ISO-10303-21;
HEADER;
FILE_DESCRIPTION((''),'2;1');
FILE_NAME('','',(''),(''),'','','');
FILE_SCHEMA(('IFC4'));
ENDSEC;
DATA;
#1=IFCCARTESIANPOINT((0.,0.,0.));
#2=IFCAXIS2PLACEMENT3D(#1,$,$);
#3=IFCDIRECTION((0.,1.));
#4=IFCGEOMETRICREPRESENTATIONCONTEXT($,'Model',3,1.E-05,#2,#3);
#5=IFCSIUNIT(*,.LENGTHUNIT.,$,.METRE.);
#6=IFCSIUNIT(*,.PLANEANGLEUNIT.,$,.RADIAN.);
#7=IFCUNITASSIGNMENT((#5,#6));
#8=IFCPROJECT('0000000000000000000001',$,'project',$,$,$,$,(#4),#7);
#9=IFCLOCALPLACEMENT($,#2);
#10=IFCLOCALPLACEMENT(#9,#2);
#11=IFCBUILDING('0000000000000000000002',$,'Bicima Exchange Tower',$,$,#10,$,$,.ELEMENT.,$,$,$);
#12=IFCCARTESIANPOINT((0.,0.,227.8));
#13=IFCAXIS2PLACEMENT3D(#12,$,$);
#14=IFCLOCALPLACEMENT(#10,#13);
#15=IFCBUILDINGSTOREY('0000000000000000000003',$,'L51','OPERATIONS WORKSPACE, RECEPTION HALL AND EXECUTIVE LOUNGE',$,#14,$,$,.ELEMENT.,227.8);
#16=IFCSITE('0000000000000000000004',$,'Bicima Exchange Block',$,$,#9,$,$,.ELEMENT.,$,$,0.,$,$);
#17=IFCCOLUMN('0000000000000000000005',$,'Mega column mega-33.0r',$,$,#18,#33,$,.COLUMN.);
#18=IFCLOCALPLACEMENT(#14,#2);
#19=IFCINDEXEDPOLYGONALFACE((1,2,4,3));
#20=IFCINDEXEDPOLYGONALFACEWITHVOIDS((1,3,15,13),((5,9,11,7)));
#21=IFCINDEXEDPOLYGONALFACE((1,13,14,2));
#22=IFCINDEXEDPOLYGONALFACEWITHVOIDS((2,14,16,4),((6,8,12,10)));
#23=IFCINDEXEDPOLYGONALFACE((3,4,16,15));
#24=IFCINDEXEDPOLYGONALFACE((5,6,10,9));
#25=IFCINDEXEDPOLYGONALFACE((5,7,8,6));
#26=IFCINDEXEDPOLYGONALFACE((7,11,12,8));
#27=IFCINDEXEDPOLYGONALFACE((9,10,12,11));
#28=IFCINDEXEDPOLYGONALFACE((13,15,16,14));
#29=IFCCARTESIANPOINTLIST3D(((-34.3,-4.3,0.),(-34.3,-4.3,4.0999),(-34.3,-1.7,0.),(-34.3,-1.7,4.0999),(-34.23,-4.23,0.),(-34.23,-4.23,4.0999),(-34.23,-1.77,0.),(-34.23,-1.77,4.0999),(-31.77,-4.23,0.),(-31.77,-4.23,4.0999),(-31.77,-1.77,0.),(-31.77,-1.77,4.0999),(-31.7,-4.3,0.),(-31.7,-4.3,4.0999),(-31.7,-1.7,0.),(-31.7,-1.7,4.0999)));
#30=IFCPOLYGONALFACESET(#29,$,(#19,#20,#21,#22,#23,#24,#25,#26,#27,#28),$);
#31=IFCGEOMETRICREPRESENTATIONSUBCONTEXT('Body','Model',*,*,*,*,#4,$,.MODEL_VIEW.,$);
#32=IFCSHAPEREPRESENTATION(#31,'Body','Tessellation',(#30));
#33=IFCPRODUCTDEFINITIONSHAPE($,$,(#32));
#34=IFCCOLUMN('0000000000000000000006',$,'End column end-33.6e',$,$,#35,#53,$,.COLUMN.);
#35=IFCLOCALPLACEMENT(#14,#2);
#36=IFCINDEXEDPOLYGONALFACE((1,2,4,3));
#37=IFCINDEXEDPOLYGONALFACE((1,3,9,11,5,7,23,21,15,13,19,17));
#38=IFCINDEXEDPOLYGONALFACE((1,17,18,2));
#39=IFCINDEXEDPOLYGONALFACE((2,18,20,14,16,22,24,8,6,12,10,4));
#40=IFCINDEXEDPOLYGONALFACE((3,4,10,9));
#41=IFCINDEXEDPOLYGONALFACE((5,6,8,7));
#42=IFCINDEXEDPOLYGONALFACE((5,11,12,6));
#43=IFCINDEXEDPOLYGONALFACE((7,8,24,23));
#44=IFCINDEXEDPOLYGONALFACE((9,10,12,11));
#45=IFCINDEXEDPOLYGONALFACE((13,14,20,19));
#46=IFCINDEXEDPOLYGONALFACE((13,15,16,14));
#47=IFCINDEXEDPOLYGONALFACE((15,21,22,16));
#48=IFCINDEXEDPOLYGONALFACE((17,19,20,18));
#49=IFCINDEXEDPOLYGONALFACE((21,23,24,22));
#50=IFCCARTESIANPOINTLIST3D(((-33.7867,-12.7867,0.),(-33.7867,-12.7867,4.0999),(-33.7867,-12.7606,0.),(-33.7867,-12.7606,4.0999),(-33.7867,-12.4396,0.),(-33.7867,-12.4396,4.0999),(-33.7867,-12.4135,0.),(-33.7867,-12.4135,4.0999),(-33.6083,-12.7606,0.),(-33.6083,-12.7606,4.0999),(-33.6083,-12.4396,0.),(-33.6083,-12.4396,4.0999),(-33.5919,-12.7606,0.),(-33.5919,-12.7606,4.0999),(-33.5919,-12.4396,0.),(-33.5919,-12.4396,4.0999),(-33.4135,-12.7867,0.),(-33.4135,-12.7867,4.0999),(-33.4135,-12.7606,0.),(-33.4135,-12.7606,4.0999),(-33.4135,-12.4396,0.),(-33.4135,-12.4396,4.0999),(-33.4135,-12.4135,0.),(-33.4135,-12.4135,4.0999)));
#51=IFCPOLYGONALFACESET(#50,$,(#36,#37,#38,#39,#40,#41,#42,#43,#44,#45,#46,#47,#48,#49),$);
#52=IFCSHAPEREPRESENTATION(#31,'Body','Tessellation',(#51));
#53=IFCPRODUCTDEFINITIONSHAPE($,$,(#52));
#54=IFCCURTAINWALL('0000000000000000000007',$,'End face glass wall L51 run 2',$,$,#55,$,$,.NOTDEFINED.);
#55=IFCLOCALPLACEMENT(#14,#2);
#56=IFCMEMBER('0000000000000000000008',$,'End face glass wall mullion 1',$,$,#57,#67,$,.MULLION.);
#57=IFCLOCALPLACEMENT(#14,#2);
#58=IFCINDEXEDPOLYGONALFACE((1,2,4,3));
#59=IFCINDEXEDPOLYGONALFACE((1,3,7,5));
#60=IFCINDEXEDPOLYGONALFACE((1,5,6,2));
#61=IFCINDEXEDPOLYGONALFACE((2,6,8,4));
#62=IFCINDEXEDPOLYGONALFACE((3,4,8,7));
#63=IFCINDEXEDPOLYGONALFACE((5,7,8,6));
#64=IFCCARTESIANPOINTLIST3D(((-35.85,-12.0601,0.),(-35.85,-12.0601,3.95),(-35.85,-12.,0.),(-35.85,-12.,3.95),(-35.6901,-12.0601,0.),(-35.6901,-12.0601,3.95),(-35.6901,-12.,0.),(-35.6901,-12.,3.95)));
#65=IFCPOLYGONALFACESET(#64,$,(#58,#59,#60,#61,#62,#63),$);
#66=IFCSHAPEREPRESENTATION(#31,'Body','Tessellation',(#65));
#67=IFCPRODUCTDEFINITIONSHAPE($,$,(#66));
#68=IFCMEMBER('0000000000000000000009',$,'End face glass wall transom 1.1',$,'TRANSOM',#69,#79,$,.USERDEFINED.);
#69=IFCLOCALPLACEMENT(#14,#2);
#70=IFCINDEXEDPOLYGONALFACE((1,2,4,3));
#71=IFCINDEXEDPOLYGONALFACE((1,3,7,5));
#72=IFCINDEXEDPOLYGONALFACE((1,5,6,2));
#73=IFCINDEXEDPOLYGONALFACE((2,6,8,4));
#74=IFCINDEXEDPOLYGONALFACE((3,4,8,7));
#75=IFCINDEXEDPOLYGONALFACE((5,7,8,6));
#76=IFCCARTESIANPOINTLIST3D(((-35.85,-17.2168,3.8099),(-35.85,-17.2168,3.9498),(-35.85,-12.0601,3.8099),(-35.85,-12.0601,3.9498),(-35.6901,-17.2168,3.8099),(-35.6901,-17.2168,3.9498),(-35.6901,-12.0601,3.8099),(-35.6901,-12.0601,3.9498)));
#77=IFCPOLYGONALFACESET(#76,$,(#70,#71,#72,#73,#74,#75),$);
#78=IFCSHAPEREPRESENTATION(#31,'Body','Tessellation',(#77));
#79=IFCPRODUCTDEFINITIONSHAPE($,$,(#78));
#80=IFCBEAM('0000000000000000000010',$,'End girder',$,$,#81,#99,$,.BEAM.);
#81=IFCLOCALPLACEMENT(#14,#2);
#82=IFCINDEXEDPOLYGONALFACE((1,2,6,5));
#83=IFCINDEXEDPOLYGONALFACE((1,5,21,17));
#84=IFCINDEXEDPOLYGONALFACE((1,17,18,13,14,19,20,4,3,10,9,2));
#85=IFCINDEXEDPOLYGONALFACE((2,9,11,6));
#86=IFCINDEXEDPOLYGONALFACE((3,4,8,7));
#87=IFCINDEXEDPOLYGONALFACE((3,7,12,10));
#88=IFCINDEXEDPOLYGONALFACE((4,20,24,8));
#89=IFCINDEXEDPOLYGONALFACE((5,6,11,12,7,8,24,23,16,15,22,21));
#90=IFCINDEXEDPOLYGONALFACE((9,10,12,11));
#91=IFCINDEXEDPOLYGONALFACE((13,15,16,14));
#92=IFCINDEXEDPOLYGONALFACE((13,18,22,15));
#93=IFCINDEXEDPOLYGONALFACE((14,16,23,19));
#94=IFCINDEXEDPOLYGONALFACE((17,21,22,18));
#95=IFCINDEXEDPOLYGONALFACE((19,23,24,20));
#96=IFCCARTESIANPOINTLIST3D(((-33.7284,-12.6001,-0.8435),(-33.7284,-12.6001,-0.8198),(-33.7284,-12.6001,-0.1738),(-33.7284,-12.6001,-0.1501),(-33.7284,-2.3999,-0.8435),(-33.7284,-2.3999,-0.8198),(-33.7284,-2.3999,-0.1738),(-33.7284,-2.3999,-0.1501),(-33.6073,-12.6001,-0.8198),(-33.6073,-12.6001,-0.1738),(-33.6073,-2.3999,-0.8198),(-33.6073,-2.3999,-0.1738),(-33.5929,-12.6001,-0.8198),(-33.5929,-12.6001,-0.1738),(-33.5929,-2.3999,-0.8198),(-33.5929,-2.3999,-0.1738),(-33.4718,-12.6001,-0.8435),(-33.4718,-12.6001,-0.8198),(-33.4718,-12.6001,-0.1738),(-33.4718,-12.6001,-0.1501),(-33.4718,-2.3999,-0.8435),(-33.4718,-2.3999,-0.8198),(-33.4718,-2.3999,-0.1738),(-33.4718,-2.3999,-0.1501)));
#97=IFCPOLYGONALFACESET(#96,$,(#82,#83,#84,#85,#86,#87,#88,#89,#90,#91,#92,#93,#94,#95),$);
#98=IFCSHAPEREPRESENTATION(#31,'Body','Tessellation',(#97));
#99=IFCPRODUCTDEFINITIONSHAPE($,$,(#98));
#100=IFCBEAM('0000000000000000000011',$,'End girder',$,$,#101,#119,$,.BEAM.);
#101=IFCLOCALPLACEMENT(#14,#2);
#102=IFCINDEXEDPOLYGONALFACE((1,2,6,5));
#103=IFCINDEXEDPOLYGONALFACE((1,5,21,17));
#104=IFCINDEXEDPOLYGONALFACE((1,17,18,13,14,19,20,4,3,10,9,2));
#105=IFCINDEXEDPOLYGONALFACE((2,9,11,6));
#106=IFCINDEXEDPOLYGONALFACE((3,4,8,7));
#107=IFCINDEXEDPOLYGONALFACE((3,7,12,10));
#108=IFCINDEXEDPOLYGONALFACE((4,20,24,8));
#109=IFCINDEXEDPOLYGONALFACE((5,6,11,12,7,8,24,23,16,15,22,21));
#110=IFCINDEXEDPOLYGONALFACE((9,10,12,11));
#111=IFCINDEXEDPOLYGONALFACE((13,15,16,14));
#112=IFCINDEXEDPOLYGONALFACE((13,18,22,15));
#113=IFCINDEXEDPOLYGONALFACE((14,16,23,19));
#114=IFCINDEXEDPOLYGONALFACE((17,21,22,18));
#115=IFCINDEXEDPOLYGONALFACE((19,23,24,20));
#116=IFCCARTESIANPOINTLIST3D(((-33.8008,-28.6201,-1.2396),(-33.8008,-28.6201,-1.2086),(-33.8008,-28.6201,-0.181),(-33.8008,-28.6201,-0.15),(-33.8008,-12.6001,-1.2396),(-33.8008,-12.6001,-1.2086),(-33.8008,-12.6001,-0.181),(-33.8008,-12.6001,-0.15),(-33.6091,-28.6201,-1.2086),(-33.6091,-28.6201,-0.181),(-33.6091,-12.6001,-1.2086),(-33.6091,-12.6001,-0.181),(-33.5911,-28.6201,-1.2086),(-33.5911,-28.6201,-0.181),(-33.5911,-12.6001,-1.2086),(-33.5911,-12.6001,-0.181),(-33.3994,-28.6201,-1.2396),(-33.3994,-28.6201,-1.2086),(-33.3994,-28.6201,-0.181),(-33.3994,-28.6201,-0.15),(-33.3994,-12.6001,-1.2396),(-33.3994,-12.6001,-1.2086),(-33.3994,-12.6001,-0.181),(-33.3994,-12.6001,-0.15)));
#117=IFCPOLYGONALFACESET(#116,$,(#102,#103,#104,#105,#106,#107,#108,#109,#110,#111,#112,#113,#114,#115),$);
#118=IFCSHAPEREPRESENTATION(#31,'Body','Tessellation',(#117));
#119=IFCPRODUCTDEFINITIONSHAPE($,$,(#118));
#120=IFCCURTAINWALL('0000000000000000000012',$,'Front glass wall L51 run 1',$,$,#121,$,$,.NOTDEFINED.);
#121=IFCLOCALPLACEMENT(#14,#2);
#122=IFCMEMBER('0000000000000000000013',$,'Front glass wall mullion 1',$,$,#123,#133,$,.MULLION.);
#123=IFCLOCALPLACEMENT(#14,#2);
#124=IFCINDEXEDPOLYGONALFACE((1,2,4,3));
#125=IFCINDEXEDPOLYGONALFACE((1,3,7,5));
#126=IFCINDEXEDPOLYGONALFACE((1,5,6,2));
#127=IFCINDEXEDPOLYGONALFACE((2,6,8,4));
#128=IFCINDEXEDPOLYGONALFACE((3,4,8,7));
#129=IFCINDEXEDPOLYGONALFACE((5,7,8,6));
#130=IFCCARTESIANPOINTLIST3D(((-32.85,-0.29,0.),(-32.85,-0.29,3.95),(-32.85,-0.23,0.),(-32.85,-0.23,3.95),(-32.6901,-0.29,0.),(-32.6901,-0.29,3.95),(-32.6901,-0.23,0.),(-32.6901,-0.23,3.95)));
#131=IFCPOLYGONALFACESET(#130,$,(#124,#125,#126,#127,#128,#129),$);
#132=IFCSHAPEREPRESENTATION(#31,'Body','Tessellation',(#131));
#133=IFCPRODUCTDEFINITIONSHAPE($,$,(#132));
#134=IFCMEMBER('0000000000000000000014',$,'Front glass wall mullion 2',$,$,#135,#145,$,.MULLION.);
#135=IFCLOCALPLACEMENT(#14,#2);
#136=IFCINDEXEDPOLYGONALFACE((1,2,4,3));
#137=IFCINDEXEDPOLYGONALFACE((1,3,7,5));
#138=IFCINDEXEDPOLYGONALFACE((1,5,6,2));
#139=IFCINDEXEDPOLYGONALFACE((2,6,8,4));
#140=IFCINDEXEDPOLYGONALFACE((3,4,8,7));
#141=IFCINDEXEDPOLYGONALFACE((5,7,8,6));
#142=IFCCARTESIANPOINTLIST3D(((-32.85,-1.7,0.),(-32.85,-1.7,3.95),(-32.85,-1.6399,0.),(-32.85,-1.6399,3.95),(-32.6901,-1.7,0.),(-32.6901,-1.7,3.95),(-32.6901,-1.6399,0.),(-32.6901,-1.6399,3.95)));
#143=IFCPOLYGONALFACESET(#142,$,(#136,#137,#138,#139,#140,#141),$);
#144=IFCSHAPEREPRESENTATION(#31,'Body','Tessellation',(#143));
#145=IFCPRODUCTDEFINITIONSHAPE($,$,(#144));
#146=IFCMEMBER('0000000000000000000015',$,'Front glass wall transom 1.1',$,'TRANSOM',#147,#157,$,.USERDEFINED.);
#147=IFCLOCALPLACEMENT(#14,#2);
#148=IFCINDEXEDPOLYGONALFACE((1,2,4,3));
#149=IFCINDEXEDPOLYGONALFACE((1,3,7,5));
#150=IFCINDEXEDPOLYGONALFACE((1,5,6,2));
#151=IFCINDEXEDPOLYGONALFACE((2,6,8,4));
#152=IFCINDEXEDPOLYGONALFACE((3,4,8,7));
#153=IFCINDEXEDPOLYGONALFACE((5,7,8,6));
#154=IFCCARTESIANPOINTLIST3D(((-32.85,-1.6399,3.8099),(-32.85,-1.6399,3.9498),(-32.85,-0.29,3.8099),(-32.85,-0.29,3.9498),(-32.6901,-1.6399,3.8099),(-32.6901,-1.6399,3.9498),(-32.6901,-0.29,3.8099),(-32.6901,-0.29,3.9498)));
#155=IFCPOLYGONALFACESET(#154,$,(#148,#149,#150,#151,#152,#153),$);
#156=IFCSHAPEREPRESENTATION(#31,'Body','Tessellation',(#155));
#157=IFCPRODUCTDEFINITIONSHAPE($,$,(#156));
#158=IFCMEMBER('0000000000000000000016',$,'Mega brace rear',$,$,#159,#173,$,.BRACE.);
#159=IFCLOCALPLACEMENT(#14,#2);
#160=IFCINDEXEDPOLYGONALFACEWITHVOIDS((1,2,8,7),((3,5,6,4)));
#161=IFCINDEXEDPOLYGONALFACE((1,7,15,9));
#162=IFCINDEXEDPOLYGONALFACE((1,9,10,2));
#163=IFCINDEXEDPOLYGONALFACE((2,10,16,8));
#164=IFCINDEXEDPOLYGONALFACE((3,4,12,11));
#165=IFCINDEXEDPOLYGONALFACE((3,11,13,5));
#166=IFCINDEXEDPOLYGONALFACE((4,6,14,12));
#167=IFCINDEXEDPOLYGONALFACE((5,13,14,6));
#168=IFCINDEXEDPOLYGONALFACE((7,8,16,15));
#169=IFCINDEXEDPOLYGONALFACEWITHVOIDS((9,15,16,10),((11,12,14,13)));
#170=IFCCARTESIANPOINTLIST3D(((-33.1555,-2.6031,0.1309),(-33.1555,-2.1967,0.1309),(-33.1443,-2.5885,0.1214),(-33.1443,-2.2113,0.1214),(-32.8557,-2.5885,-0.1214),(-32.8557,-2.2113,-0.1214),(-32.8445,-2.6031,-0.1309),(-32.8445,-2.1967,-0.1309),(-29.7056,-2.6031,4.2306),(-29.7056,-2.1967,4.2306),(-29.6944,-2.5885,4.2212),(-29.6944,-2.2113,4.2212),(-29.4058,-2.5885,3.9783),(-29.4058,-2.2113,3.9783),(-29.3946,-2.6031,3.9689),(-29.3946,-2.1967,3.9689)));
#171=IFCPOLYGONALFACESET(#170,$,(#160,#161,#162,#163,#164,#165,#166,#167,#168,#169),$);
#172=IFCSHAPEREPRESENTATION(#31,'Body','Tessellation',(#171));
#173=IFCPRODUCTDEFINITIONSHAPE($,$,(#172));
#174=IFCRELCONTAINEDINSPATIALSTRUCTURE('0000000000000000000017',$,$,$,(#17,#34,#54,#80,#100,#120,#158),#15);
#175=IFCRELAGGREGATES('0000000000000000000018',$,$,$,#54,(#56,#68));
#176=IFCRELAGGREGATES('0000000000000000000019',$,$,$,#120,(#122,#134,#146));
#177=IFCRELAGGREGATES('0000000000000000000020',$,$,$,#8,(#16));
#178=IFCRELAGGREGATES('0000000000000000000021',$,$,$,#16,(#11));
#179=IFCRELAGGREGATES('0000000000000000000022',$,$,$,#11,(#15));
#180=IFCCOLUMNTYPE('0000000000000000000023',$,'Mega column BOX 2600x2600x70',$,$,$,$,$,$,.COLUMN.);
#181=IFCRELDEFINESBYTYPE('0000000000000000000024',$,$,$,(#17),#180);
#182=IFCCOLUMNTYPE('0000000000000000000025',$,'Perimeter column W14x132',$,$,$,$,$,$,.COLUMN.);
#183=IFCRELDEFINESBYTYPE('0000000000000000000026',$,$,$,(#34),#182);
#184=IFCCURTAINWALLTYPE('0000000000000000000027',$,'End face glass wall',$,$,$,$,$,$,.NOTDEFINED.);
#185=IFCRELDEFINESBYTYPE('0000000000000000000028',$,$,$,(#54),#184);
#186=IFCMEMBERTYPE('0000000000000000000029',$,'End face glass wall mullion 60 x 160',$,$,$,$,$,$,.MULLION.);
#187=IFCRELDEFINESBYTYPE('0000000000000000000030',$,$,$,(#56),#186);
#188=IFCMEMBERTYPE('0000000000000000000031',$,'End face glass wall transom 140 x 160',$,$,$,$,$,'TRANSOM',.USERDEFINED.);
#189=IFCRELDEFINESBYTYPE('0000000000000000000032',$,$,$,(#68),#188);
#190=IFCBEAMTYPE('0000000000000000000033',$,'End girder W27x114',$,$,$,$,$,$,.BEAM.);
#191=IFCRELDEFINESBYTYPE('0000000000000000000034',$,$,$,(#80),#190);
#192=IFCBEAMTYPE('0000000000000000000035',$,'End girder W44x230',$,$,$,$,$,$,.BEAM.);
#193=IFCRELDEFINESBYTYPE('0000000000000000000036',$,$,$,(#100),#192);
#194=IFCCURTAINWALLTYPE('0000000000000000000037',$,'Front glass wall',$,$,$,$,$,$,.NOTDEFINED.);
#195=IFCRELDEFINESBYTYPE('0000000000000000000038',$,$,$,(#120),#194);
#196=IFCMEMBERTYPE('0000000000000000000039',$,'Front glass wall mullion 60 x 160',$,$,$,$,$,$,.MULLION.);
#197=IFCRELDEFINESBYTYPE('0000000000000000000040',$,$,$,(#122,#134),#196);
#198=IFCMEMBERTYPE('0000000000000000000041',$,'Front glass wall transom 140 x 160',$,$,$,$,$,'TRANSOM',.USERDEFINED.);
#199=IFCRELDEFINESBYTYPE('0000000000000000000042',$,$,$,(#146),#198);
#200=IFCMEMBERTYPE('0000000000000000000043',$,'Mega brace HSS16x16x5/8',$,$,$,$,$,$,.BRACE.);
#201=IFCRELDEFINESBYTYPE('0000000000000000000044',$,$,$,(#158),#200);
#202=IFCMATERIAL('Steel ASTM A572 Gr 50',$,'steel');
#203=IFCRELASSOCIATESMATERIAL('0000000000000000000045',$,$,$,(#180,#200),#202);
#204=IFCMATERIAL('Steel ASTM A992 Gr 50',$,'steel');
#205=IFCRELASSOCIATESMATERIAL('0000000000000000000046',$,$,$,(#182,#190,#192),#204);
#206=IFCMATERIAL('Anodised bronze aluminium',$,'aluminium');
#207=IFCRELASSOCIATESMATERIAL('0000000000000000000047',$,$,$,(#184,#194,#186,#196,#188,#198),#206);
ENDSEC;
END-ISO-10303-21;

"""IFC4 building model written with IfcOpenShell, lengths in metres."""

from ifc_helpers import new_model, si_unit, direction, frame, origin, origin_2d, place, context, subcontext, project, spatial, rectangle, hollow_rectangle, i_section, extrude, material, material_profile, profile_set, type_object, element, aggregate, save


model = new_model("IFC4")

# Units and contexts
model_context = context("Model", 3, precision=1e-05, world=origin(), true_north=direction((0.0, 1.0)))
body_context = subcontext(model_context, "Body", "Model", "MODEL_VIEW")
ifc_project = project(units=[si_unit("LENGTHUNIT", "METRE"), si_unit("PLANEANGLEUNIT", "RADIAN")], contexts=[model_context])

# Site, building, storey
site_placement = place(None, origin())
site = spatial("IfcSite", under=ifc_project, at=site_placement, Name="Bicima Exchange Block", CompositionType="ELEMENT", RefElevation=0.0)
building_placement = place(site_placement, origin())
building = spatial("IfcBuilding", under=site, at=building_placement, Name="Bicima Exchange Tower", CompositionType="ELEMENT")
storey_placement = place(building_placement, frame((0.0, 0.0, 227.8)))
storey = spatial("IfcBuildingStorey", under=building, at=storey_placement, Name="L51", Description="OPERATIONS WORKSPACE, RECEPTION HALL AND EXECUTIVE LOUNGE", CompositionType="ELEMENT", Elevation=227.8)

# Columns
ifc_material_1 = material(Name="Steel ASTM A572 Gr 50", Category="steel")
ifc_material_profile_1 = material_profile(ifc_material_1, hollow_rectangle(XDim=2.6001, YDim=2.6001, WallThickness=0.0701, at=origin_2d()))
ifc_profile_set_1 = profile_set([ifc_material_profile_1], Name="Steel ASTM A572 Gr 50")
column_type_1 = type_object("IfcColumnType", Name="Mega column BOX 2600x2600x70", PredefinedType="COLUMN", material=ifc_profile_set_1)
column_1_placement = place(storey_placement, frame((-33.0, -3.0, 0.0), z_axis=(0.0, 0.0, 1.0), x_axis=(1.0, 0.0, 0.0)))
element("IfcColumn", 1, at=column_1_placement, inside=storey, type_object=column_type_1, Name="Mega column mega-33.0r", PredefinedType="COLUMN", context=body_context, shape_type="SweptSolid", body=[
    extrude(hollow_rectangle(XDim=2.6001, YDim=2.6001, WallThickness=0.0701, at=origin_2d()), origin(), (0.0, 0.0, 1.0), 4.0999),
])
ifc_material_2 = material(Name="Steel ASTM A992 Gr 50", Category="steel")
ifc_material_profile_2 = material_profile(ifc_material_2, i_section(OverallWidth=0.3733, OverallDepth=0.3733, WebThickness=0.0164, FlangeThickness=0.0261, at=origin_2d()))
ifc_profile_set_2 = profile_set([ifc_material_profile_2], Name="Steel ASTM A992 Gr 50")
column_type_2 = type_object("IfcColumnType", Name="Perimeter column W14x132", PredefinedType="COLUMN", material=ifc_profile_set_2)
column_2_placement = place(storey_placement, frame((-33.6001, -12.6001, 0.0), z_axis=(0.0, 0.0, 1.0), x_axis=(1.0, 0.0, 0.0)))
element("IfcColumn", 2, at=column_2_placement, inside=storey, type_object=column_type_2, Name="End column end-33.6e", PredefinedType="COLUMN", context=body_context, shape_type="SweptSolid", body=[
    extrude(i_section(OverallWidth=0.3733, OverallDepth=0.3733, WebThickness=0.0164, FlangeThickness=0.0261, at=origin_2d()), origin(), (0.0, 0.0, 1.0), 4.0999),
])

# Curtain wall, members
ifc_material_3 = material(Name="Anodised bronze aluminium", Category="aluminium")
curtain_wall_type_1 = type_object("IfcCurtainWallType", Name="End face glass wall", PredefinedType="NOTDEFINED", material=ifc_material_3)
curtain_wall_1_placement = place(storey_placement, origin())
curtain_wall_1 = element("IfcCurtainWall", 3, at=curtain_wall_1_placement, inside=storey, type_object=curtain_wall_type_1, Name="End face glass wall L51 run 2", PredefinedType="NOTDEFINED")
ifc_material_profile_3 = material_profile(ifc_material_3, rectangle(XDim=0.1599, YDim=0.0601, at=origin_2d()))
ifc_profile_set_3 = profile_set([ifc_material_profile_3], Name="Anodised bronze aluminium")
member_type_1 = type_object("IfcMemberType", Name="End face glass wall mullion 60 x 160", PredefinedType="MULLION", material=ifc_profile_set_3)
member_1_placement = place(storey_placement, frame((-35.77, -12.03, 0.0), z_axis=(0.0, 0.0, 1.0), x_axis=(1.0, 0.0, 0.0)))
member_1 = element("IfcMember", 4, at=member_1_placement, type_object=member_type_1, Name="End face glass wall mullion 1", PredefinedType="MULLION", context=body_context, shape_type="SweptSolid", body=[
    extrude(rectangle(XDim=0.1599, YDim=0.0601, at=origin_2d()), origin(), (0.0, 0.0, 1.0), 3.95),
])
ifc_material_profile_4 = material_profile(ifc_material_3, rectangle(XDim=0.1599, YDim=0.1399, at=origin_2d()))
ifc_profile_set_4 = profile_set([ifc_material_profile_4], Name="Anodised bronze aluminium")
member_type_2 = type_object("IfcMemberType", Name="End face glass wall transom 140 x 160", ElementType="TRANSOM", PredefinedType="USERDEFINED", material=ifc_profile_set_4)
member_2_placement = place(storey_placement, frame((-35.77, -12.0601, 3.8799), z_axis=(0.0, -1.0, 0.0), x_axis=(1.0, 0.0, 0.0)))
member_2 = element("IfcMember", 5, at=member_2_placement, type_object=member_type_2, Name="End face glass wall transom 1.1", ObjectType="TRANSOM", PredefinedType="USERDEFINED", context=body_context, shape_type="SweptSolid", body=[
    extrude(rectangle(XDim=0.1599, YDim=0.1399, at=origin_2d()), origin(), (0.0, 0.0, 1.0), 5.1567),
])
aggregate(curtain_wall_1, [member_1, member_2])

# Beams
ifc_material_profile_5 = material_profile(ifc_material_2, i_section(OverallWidth=0.2566, OverallDepth=0.6934, WebThickness=0.0144, FlangeThickness=0.0237, at=origin_2d()))
ifc_profile_set_5 = profile_set([ifc_material_profile_5], Name="Steel ASTM A992 Gr 50")
beam_type_1 = type_object("IfcBeamType", Name="End girder W27x114", PredefinedType="BEAM", material=ifc_profile_set_5)
beam_1_placement = place(storey_placement, frame((-33.6001, -2.3999, -0.4968), z_axis=(0.0, -1.0, 0.0), x_axis=(1.0, 0.0, 0.0)))
element("IfcBeam", 6, at=beam_1_placement, inside=storey, type_object=beam_type_1, Name="End girder", PredefinedType="BEAM", context=body_context, shape_type="SweptSolid", body=[
    extrude(i_section(OverallWidth=0.2566, OverallDepth=0.6934, WebThickness=0.0144, FlangeThickness=0.0237, at=origin_2d()), origin(), (0.0, 0.0, 1.0), 10.2002),
])
ifc_material_profile_6 = material_profile(ifc_material_2, i_section(OverallWidth=0.4014, OverallDepth=1.0896, WebThickness=0.0181, FlangeThickness=0.031, at=origin_2d()))
ifc_profile_set_6 = profile_set([ifc_material_profile_6], Name="Steel ASTM A992 Gr 50")
beam_type_2 = type_object("IfcBeamType", Name="End girder W44x230", PredefinedType="BEAM", material=ifc_profile_set_6)
beam_2_placement = place(storey_placement, frame((-33.6001, -12.6001, -0.6948), z_axis=(0.0, -1.0, 0.0), x_axis=(1.0, 0.0, 0.0)))
element("IfcBeam", 7, at=beam_2_placement, inside=storey, type_object=beam_type_2, Name="End girder", PredefinedType="BEAM", context=body_context, shape_type="SweptSolid", body=[
    extrude(i_section(OverallWidth=0.4014, OverallDepth=1.0896, WebThickness=0.0181, FlangeThickness=0.031, at=origin_2d()), origin(), (0.0, 0.0, 1.0), 16.02),
])

# Curtain wall, members
curtain_wall_type_2 = type_object("IfcCurtainWallType", Name="Front glass wall", PredefinedType="NOTDEFINED", material=ifc_material_3)
curtain_wall_2_placement = place(storey_placement, origin())
curtain_wall_2 = element("IfcCurtainWall", 8, at=curtain_wall_2_placement, inside=storey, type_object=curtain_wall_type_2, Name="Front glass wall L51 run 1", PredefinedType="NOTDEFINED")
member_type_3 = type_object("IfcMemberType", Name="Front glass wall mullion 60 x 160", PredefinedType="MULLION", material=ifc_profile_set_3)
member_3_placement = place(storey_placement, frame((-32.77, -0.26, 0.0), z_axis=(0.0, 0.0, 1.0), x_axis=(1.0, 0.0, 0.0)))
member_3 = element("IfcMember", 9, at=member_3_placement, type_object=member_type_3, Name="Front glass wall mullion 1", PredefinedType="MULLION", context=body_context, shape_type="SweptSolid", body=[
    extrude(rectangle(XDim=0.1599, YDim=0.0601, at=origin_2d()), origin(), (0.0, 0.0, 1.0), 3.95),
])
member_4_placement = place(storey_placement, frame((-32.77, -1.6699, 0.0), z_axis=(0.0, 0.0, 1.0), x_axis=(1.0, 0.0, 0.0)))
member_4 = element("IfcMember", 10, at=member_4_placement, type_object=member_type_3, Name="Front glass wall mullion 2", PredefinedType="MULLION", context=body_context, shape_type="SweptSolid", body=[
    extrude(rectangle(XDim=0.1599, YDim=0.0601, at=origin_2d()), origin(), (0.0, 0.0, 1.0), 3.95),
])
member_type_4 = type_object("IfcMemberType", Name="Front glass wall transom 140 x 160", ElementType="TRANSOM", PredefinedType="USERDEFINED", material=ifc_profile_set_4)
member_5_placement = place(storey_placement, frame((-32.77, -0.29, 3.8799), z_axis=(0.0, -1.0, 0.0), x_axis=(1.0, 0.0, 0.0)))
member_5 = element("IfcMember", 11, at=member_5_placement, type_object=member_type_4, Name="Front glass wall transom 1.1", ObjectType="TRANSOM", PredefinedType="USERDEFINED", context=body_context, shape_type="SweptSolid", body=[
    extrude(rectangle(XDim=0.1599, YDim=0.1399, at=origin_2d()), origin(), (0.0, 0.0, 1.0), 1.3499),
])

# Member
ifc_material_profile_7 = material_profile(ifc_material_1, hollow_rectangle(XDim=0.4065, YDim=0.4065, WallThickness=0.0146, at=origin_2d()))
ifc_profile_set_7 = profile_set([ifc_material_profile_7], Name="Steel ASTM A572 Gr 50")
member_type_5 = type_object("IfcMemberType", Name="Mega brace HSS16x16x5/8", PredefinedType="BRACE", material=ifc_profile_set_7)
member_6_placement = place(storey_placement, frame((-33.0, -2.3999, 0.0), z_axis=(0.643856, 0.0, 0.765146), x_axis=(0.0, 1.0, 0.0)))
element("IfcMember", 12, at=member_6_placement, inside=storey, type_object=member_type_5, Name="Mega brace rear", PredefinedType="BRACE", context=body_context, shape_type="SweptSolid", body=[
    extrude(hollow_rectangle(XDim=0.4065, YDim=0.4065, WallThickness=0.0146, at=origin_2d()), origin(), (0.0, 0.0, 1.0), 5.3582),
])

aggregate(curtain_wall_2, [member_3, member_4, member_5])

save(model, "model.ifc")
